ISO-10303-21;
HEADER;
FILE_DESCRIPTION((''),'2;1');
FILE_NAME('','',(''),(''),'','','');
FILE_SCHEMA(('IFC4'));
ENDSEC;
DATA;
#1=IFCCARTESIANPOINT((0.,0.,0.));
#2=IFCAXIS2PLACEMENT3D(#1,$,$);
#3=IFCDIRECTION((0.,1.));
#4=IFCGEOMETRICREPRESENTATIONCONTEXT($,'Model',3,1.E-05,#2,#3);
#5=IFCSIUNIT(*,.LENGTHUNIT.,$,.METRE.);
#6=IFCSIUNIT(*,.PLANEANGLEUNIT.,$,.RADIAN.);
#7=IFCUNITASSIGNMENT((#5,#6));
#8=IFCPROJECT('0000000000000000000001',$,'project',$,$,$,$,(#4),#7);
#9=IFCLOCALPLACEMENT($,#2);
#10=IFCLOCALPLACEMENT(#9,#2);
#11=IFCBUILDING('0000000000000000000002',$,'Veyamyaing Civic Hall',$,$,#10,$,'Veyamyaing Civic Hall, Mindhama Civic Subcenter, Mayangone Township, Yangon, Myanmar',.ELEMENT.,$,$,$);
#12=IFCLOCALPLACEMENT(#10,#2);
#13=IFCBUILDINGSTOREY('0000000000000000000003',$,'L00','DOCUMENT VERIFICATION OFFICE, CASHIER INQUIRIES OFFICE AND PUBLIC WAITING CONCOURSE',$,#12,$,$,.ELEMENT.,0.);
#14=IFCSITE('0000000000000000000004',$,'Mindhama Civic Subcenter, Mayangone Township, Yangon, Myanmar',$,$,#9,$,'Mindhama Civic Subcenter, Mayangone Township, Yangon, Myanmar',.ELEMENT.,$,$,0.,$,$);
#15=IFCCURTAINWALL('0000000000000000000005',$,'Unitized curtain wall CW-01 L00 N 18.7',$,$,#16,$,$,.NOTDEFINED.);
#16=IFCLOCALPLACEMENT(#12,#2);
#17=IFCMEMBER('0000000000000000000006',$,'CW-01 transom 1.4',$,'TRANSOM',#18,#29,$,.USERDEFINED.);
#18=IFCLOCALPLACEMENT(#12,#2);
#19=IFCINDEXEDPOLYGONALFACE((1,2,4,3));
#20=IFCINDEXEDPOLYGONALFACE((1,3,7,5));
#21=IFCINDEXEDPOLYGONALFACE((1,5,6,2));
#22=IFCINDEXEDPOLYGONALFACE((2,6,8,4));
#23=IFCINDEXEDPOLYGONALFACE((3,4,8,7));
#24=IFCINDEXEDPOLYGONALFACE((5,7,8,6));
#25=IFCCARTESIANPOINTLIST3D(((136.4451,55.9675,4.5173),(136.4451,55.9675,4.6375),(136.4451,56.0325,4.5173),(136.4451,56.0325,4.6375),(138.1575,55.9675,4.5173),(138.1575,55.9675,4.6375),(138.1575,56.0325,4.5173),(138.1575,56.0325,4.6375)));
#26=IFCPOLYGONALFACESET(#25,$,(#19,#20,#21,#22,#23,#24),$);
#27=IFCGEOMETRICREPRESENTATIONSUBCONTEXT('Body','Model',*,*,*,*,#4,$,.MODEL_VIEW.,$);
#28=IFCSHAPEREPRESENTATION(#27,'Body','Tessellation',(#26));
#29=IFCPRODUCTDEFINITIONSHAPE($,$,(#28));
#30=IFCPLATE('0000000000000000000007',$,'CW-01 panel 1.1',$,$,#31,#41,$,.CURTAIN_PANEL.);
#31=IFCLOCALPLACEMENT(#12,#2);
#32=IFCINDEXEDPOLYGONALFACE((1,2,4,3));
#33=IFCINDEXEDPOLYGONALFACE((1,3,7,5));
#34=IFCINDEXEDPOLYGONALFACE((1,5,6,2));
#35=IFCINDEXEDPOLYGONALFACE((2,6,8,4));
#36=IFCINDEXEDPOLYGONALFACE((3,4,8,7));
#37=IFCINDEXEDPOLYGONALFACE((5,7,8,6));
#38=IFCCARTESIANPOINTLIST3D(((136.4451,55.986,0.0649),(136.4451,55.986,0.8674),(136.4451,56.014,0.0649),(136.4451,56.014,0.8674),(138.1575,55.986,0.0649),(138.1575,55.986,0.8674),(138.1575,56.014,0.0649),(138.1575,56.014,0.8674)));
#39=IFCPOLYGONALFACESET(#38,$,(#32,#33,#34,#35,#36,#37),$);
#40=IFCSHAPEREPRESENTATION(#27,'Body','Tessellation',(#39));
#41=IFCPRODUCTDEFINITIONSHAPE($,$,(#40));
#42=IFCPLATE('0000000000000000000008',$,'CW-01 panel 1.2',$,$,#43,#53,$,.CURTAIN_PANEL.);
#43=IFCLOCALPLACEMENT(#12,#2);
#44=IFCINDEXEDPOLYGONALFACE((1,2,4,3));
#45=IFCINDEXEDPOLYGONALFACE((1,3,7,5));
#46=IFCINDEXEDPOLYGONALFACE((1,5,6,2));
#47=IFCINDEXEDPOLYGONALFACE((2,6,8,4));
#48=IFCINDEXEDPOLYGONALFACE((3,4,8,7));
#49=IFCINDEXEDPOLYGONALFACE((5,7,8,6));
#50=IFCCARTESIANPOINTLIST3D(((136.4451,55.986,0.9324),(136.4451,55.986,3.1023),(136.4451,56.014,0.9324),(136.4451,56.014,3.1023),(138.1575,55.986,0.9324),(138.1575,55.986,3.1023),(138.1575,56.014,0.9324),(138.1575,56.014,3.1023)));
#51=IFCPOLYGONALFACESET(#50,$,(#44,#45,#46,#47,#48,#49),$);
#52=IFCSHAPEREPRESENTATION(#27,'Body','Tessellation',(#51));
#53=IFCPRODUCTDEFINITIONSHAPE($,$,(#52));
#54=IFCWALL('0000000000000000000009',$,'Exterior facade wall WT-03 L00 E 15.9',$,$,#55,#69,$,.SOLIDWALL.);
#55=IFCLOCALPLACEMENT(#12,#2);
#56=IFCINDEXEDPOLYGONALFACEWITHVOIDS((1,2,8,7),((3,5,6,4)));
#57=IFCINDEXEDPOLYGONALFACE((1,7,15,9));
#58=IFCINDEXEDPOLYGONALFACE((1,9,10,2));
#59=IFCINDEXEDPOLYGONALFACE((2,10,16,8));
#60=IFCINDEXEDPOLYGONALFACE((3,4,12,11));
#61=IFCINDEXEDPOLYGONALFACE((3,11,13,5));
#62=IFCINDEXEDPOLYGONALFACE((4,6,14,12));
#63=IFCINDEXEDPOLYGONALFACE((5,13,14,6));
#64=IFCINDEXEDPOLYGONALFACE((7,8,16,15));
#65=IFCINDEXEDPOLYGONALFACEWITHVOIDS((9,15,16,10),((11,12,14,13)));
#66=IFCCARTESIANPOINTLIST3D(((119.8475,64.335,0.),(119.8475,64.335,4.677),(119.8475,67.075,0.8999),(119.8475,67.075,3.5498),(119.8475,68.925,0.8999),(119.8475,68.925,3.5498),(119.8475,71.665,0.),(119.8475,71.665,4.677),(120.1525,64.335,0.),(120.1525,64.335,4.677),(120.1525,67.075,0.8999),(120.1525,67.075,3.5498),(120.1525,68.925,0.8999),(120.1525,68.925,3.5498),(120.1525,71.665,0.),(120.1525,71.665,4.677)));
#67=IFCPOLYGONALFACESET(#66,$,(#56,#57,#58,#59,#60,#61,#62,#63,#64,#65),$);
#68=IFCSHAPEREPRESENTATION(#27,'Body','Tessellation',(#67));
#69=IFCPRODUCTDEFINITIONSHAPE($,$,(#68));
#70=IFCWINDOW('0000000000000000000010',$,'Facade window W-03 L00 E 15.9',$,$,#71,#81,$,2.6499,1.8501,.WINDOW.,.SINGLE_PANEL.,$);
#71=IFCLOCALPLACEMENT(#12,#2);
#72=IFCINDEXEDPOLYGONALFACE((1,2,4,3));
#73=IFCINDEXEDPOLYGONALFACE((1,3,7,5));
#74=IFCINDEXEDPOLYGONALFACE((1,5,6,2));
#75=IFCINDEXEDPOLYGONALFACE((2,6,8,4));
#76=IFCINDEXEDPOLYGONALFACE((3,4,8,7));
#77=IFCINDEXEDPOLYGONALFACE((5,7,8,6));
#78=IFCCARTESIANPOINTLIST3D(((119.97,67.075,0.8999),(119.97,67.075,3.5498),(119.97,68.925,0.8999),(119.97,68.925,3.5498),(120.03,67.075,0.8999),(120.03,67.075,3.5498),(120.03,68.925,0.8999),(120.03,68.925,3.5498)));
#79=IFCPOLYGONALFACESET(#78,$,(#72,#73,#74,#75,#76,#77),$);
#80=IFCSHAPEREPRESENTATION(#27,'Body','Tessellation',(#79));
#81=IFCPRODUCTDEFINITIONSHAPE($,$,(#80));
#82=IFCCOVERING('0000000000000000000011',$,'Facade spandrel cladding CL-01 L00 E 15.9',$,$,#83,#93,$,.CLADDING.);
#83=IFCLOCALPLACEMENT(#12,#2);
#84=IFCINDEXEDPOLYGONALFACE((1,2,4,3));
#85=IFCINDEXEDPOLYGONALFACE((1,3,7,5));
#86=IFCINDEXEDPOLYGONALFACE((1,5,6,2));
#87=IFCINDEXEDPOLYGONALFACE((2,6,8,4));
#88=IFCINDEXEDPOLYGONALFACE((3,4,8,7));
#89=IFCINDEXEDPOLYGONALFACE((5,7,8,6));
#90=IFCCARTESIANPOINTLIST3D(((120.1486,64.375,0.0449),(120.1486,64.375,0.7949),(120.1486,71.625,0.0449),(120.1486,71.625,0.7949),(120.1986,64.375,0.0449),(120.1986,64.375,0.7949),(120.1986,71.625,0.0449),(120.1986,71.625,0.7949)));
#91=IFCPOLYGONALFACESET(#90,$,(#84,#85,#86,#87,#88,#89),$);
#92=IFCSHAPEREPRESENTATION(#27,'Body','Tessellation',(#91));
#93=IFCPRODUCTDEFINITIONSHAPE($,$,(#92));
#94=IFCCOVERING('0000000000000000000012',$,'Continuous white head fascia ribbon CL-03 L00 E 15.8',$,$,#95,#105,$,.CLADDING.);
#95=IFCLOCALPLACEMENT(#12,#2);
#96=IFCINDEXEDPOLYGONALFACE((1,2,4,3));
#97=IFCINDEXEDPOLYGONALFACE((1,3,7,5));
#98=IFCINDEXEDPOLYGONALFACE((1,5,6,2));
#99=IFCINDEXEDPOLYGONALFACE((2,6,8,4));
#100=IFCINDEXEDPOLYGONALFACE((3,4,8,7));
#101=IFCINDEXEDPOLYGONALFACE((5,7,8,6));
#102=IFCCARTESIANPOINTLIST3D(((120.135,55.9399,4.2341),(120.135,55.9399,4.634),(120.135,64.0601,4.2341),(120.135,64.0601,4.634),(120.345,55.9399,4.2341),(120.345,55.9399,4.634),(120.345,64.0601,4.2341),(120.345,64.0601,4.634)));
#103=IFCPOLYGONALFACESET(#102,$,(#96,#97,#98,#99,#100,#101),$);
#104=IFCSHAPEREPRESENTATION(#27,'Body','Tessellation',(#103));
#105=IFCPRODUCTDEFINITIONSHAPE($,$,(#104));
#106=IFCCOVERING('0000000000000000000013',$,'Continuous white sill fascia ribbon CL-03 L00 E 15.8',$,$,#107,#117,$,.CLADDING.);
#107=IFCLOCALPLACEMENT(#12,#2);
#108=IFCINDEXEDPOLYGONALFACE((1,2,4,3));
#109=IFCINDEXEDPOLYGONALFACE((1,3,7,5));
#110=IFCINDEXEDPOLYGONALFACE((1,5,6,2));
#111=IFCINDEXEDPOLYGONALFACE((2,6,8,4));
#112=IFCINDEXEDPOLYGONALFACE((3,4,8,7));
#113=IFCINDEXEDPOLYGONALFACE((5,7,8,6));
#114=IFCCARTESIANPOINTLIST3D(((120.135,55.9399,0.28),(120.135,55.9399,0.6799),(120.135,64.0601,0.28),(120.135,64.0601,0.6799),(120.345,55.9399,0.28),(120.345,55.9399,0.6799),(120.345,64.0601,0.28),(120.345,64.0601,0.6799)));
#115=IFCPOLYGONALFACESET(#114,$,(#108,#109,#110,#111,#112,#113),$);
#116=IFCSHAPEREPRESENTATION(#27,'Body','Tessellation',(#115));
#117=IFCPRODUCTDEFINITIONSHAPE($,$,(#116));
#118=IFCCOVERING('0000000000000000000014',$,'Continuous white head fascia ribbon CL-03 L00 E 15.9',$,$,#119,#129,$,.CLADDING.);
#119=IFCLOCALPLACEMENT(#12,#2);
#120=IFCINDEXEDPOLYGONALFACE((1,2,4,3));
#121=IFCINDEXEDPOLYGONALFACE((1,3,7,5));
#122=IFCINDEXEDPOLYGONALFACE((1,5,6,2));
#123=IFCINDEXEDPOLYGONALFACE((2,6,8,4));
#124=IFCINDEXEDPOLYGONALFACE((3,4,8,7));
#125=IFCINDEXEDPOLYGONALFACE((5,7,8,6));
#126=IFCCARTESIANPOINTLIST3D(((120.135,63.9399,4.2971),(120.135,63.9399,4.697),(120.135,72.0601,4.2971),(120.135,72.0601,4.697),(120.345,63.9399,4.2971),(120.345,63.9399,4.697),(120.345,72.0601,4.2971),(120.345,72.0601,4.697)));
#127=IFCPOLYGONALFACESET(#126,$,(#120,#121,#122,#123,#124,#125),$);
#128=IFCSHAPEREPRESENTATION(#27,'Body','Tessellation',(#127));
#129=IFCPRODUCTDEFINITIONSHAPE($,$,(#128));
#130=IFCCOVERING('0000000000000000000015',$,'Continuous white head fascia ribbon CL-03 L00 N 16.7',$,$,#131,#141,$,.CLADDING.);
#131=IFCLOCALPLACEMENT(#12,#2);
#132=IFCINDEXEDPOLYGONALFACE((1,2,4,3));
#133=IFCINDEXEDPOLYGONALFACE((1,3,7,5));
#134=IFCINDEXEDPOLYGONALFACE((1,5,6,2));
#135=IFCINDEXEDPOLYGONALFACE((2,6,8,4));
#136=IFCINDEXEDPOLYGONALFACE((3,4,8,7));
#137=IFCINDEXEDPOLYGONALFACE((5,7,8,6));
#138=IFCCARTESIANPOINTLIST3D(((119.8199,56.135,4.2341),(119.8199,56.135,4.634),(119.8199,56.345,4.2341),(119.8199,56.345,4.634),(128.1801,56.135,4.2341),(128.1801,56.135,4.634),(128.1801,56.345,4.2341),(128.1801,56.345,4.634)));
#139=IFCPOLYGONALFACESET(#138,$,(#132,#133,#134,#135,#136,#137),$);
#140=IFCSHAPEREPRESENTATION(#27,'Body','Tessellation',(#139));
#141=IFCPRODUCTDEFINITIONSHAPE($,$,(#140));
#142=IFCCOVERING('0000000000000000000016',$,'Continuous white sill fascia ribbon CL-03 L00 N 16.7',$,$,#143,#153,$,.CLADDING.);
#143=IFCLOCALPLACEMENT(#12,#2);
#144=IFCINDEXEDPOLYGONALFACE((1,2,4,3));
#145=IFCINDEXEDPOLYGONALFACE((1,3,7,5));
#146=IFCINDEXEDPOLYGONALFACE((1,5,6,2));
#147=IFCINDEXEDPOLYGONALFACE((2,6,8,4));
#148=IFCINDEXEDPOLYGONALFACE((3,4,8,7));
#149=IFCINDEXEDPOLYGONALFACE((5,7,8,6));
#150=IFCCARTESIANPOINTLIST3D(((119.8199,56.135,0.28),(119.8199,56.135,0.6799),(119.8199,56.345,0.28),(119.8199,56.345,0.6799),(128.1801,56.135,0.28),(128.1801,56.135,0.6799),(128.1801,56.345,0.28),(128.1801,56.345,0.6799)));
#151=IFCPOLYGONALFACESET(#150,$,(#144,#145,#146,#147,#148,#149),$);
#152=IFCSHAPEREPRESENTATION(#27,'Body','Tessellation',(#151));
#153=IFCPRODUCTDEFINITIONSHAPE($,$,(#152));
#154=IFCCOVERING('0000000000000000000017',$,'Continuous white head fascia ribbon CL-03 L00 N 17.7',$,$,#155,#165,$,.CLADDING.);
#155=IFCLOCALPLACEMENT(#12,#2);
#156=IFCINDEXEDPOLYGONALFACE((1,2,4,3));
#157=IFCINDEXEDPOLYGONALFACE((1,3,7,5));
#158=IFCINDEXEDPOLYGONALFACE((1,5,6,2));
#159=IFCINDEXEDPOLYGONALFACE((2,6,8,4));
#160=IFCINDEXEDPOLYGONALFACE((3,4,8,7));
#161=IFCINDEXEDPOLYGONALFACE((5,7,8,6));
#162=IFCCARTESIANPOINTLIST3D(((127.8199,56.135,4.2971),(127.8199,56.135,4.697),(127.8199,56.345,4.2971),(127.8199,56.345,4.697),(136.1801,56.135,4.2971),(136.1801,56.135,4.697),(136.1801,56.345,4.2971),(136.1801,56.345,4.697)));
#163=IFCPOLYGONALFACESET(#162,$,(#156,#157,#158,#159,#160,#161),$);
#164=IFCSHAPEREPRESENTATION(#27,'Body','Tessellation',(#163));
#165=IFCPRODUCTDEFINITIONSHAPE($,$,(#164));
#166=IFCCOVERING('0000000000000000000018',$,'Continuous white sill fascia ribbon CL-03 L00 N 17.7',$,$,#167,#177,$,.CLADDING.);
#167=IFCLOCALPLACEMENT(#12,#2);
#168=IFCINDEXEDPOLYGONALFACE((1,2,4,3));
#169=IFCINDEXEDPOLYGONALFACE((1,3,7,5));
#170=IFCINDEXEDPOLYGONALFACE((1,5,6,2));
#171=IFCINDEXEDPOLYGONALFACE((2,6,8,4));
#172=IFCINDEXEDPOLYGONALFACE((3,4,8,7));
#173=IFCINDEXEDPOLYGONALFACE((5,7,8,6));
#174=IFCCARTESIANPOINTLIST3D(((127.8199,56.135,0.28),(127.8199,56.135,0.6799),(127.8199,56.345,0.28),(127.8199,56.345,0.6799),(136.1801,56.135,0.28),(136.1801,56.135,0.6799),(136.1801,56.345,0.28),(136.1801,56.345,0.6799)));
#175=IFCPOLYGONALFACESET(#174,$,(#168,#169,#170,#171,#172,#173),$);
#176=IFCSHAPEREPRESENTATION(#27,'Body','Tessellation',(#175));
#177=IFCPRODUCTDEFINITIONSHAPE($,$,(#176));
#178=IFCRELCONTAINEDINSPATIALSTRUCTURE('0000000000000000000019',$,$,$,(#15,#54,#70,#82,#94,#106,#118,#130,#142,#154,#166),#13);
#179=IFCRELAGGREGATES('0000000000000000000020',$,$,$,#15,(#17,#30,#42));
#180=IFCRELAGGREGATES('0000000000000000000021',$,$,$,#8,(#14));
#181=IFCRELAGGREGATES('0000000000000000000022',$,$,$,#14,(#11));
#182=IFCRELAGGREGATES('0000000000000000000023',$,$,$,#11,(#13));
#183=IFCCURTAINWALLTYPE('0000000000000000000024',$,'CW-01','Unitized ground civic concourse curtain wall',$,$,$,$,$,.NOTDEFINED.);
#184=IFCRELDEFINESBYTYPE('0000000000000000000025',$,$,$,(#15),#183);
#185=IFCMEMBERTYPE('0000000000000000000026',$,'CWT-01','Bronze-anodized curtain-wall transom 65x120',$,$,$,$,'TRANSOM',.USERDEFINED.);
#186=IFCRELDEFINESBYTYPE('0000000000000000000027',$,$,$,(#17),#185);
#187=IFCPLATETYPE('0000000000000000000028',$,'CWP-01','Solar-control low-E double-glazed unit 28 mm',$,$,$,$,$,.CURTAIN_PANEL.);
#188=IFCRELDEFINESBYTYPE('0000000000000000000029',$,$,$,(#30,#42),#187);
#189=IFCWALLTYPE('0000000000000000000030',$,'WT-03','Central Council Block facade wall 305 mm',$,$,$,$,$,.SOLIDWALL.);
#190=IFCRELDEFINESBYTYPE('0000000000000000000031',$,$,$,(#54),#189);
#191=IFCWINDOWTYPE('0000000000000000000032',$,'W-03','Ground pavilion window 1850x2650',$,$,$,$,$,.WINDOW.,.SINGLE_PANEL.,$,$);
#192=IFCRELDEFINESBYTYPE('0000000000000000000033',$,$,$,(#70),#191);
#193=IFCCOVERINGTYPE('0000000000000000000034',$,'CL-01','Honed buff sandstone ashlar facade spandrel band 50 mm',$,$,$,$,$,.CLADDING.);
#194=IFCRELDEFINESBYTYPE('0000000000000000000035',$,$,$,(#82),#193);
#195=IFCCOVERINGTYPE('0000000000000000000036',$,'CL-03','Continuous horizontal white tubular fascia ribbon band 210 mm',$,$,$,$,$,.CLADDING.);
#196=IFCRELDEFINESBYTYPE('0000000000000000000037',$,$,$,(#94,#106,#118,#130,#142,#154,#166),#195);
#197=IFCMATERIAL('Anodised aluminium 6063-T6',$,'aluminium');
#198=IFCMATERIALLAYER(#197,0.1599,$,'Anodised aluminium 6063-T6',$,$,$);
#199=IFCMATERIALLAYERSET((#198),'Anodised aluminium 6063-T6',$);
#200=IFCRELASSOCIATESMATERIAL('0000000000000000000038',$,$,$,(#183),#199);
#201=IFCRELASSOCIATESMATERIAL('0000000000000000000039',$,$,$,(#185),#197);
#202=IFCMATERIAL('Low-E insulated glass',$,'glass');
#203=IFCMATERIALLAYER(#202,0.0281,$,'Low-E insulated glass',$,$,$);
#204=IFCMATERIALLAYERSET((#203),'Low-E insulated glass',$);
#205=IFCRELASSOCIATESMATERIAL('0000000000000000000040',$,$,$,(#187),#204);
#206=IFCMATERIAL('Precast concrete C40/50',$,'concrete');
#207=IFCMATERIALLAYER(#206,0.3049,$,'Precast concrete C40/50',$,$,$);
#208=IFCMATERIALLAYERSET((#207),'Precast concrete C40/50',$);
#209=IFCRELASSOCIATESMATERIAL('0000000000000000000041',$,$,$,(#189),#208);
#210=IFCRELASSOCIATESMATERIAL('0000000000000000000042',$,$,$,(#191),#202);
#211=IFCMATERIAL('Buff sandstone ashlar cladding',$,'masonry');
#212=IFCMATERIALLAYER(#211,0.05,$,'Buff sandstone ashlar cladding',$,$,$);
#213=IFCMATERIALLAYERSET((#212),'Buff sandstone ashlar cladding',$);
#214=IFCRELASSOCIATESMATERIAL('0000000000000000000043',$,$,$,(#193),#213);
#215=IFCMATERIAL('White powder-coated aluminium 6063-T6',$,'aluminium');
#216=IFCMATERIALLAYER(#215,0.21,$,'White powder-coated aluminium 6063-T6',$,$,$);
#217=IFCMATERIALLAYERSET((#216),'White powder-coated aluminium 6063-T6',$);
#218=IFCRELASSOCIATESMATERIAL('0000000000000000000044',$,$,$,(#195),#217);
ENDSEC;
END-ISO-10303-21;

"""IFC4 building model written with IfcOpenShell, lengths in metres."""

from ifc_helpers import new_model, si_unit, direction, frame, frame_2d, origin, origin_2d, place, context, subcontext, project, spatial, rectangle, extrude, material, layer, layer_set, material_profile, profile_set, type_object, element, fill, aggregate, save


model = new_model("IFC4")

# Units and contexts
model_context = context("Model", 3, precision=1e-05, world=origin(), true_north=direction((0.0, 1.0)))
body_context = subcontext(model_context, "Body", "Model", "MODEL_VIEW")
ifc_project = project(units=[si_unit("LENGTHUNIT", "METRE"), si_unit("PLANEANGLEUNIT", "RADIAN")], contexts=[model_context])

# Site, building, storey
site_placement = place(None, origin())
site = spatial("IfcSite", under=ifc_project, at=site_placement, Name="Mindhama Civic Subcenter, Mayangone Township, Yangon, Myanmar", LongName="Mindhama Civic Subcenter, Mayangone Township, Yangon, Myanmar", CompositionType="ELEMENT", RefElevation=0.0)
building_placement = place(site_placement, origin())
building = spatial("IfcBuilding", under=site, at=building_placement, Name="Veyamyaing Civic Hall", LongName="Veyamyaing Civic Hall, Mindhama Civic Subcenter, Mayangone Township, Yangon, Myanmar", CompositionType="ELEMENT")
storey_placement = place(building_placement, origin())
storey = spatial("IfcBuildingStorey", under=building, at=storey_placement, Name="L00", Description="DOCUMENT VERIFICATION OFFICE, CASHIER INQUIRIES OFFICE AND PUBLIC WAITING CONCOURSE", CompositionType="ELEMENT", Elevation=0.0)

# Shared definitions
ifc_material_1 = material(Name="Anodised aluminium 6063-T6", Category="aluminium")
ifc_layer_1 = layer(ifc_material_1, 0.1599, Name="Anodised aluminium 6063-T6")
ifc_layer_set_1 = layer_set([ifc_layer_1], Name="Anodised aluminium 6063-T6")
curtain_wall_type = type_object("IfcCurtainWallType", Name="CW-01", Description="Unitized ground civic concourse curtain wall", PredefinedType="NOTDEFINED", material=ifc_layer_set_1)

# Curtain wall, member, plates
curtain_wall_1_placement = place(storey_placement, origin())
curtain_wall_1 = element("IfcCurtainWall", 1, at=curtain_wall_1_placement, inside=storey, type_object=curtain_wall_type, Name="Unitized curtain wall CW-01 L00 N 18.7", PredefinedType="NOTDEFINED")
ifc_material_profile_1 = material_profile(ifc_material_1, rectangle(XDim=0.0649, YDim=0.1201, at=origin_2d()), Name="ALU-TRN-65X120")
ifc_profile_set_1 = profile_set([ifc_material_profile_1], Name="Anodised aluminium 6063-T6")
member_type_1 = type_object("IfcMemberType", Name="CWT-01", Description="Bronze-anodized curtain-wall transom 65x120", ElementType="TRANSOM", PredefinedType="USERDEFINED", material=ifc_profile_set_1)
member_1_placement = place(storey_placement, frame((136.4451, 56.0, 4.5774), z_axis=(1.0, 0.0, 0.0), x_axis=(0.0, 1.0, 0.0)))
member_1 = element("IfcMember", 2, at=member_1_placement, type_object=member_type_1, Name="CW-01 transom 1.4", ObjectType="TRANSOM", PredefinedType="USERDEFINED", context=body_context, shape_type="SweptSolid", body=[
    extrude(rectangle(XDim=0.0649, YDim=0.1201, at=origin_2d()), origin(), (0.0, 0.0, 1.0), 1.7124),
])
ifc_material_2 = material(Name="Low-E insulated glass", Category="glass")
ifc_layer_2 = layer(ifc_material_2, 0.0281, Name="Low-E insulated glass")
ifc_layer_set_2 = layer_set([ifc_layer_2], Name="Low-E insulated glass")
plate_type = type_object("IfcPlateType", Name="CWP-01", Description="Solar-control low-E double-glazed unit 28 mm", PredefinedType="CURTAIN_PANEL", material=ifc_layer_set_2)
plate_1_placement = place(storey_placement, frame((137.3013, 56.0, 0.0649), z_axis=(0.0, 0.0, 1.0), x_axis=(1.0, 0.0, 0.0)))
plate_1 = element("IfcPlate", 3, at=plate_1_placement, type_object=plate_type, Name="CW-01 panel 1.1", PredefinedType="CURTAIN_PANEL", context=body_context, shape_type="SweptSolid", body=[
    extrude(rectangle(XDim=1.7124, YDim=0.0281, at=origin_2d()), origin(), (0.0, 0.0, 1.0), 0.8025),
])
plate_2_placement = place(storey_placement, frame((137.3013, 56.0, 0.9324), z_axis=(0.0, 0.0, 1.0), x_axis=(1.0, 0.0, 0.0)))
plate_2 = element("IfcPlate", 4, at=plate_2_placement, type_object=plate_type, Name="CW-01 panel 1.2", PredefinedType="CURTAIN_PANEL", context=body_context, shape_type="SweptSolid", body=[
    extrude(rectangle(XDim=1.7124, YDim=0.0281, at=origin_2d()), origin(), (0.0, 0.0, 1.0), 2.1699),
])
aggregate(curtain_wall_1, [member_1, plate_1, plate_2])

# Wall, opening, window
ifc_material_3 = material(Name="Precast concrete C40/50", Category="concrete")
ifc_layer_3 = layer(ifc_material_3, 0.3049, Name="Precast concrete C40/50")
ifc_layer_set_3 = layer_set([ifc_layer_3], Name="Precast concrete C40/50")
wall_type = type_object("IfcWallType", Name="WT-03", Description="Central Council Block facade wall 305 mm", PredefinedType="SOLIDWALL", material=ifc_layer_set_3)
wall_placement = place(storey_placement, frame((120.0, 64.335, 0.0), z_axis=(0.0, 0.0, 1.0), x_axis=(0.0, 1.0, 0.0)))
wall = element("IfcWall", 5, at=wall_placement, inside=storey, type_object=wall_type, Name="Exterior facade wall WT-03 L00 E 15.9", PredefinedType="SOLIDWALL", context=body_context, shape_type="SweptSolid", body=[
    extrude(rectangle(XDim=7.3301, YDim=0.3049, at=frame_2d((3.665, 0.0))), origin(), (0.0, 0.0, 1.0), 4.677),
])
opening_placement = place(wall_placement, frame((2.74, 0.0, 0.8999)))
opening = element("IfcOpeningElement", 6, at=opening_placement, cuts=wall, PredefinedType="OPENING", context=body_context, shape_type="SweptSolid", body=[
    extrude(rectangle(XDim=1.8501, YDim=2.6499, at=frame_2d((0.925, 1.325))), frame((0.0, 0.1624, 0.0), z_axis=(0.0, -1.0, 0.0), x_axis=(1.0, 0.0, 0.0)), (0.0, 0.0, 1.0), 0.325),
])
window_type = type_object("IfcWindowType", Name="W-03", Description="Ground pavilion window 1850x2650", PartitioningType="SINGLE_PANEL", PredefinedType="WINDOW", material=ifc_material_2)
window_placement = place(opening_placement, origin())
window = element("IfcWindow", 7, at=window_placement, inside=storey, type_object=window_type, Name="Facade window W-03 L00 E 15.9", OverallHeight=2.6499, OverallWidth=1.8501, PartitioningType="SINGLE_PANEL", PredefinedType="WINDOW", context=body_context, shape_type="SweptSolid", body=[
    extrude(rectangle(XDim=1.8501, YDim=2.6499, at=frame_2d((0.925, 1.325))), frame((0.0, 0.03, 0.0), z_axis=(0.0, -1.0, 0.0), x_axis=(1.0, 0.0, 0.0)), (0.0, 0.0, 1.0), 0.0601),
])
fill(opening, window)

# Coverings
ifc_material_4 = material(Name="Buff sandstone ashlar cladding", Category="masonry")
ifc_layer_4 = layer(ifc_material_4, 0.05, Name="Buff sandstone ashlar cladding")
ifc_layer_set_4 = layer_set([ifc_layer_4], Name="Buff sandstone ashlar cladding")
covering_type_1 = type_object("IfcCoveringType", Name="CL-01", Description="Honed buff sandstone ashlar facade spandrel band 50 mm", PredefinedType="CLADDING", material=ifc_layer_set_4)
covering_placement = place(storey_placement, frame((120.1736, 68.0, 0.0449), z_axis=(0.0, 0.0, 1.0), x_axis=(0.0, 1.0, 0.0)))
element("IfcCovering", 8, at=covering_placement, inside=storey, type_object=covering_type_1, Name="Facade spandrel cladding CL-01 L00 E 15.9", PredefinedType="CLADDING", context=body_context, shape_type="SweptSolid", body=[
    extrude(rectangle(XDim=7.25, YDim=0.05, at=origin_2d()), origin(), (0.0, 0.0, 1.0), 0.75),
])
ifc_material_5 = material(Name="White powder-coated aluminium 6063-T6", Category="aluminium")
ifc_layer_5 = layer(ifc_material_5, 0.21, Name="White powder-coated aluminium 6063-T6")
ifc_layer_set_5 = layer_set([ifc_layer_5], Name="White powder-coated aluminium 6063-T6")
covering_type_2 = type_object("IfcCoveringType", Name="CL-03", Description="Continuous horizontal white tubular fascia ribbon band 210 mm", PredefinedType="CLADDING", material=ifc_layer_set_5)
for number, where, z_axis, x_axis, name in (
    (9, (120.24, 60.0, 4.2341), (0.0, 0.0, 1.0), (0.0, 1.0, 0.0), "Continuous white head fascia ribbon CL-03 L00 E 15.8"),
    (10, (120.24, 60.0, 0.28), (0.0, 0.0, 1.0), (0.0, 1.0, 0.0), "Continuous white sill fascia ribbon CL-03 L00 E 15.8"),
    (11, (120.24, 68.0, 4.2971), (0.0, 0.0, 1.0), (0.0, 1.0, 0.0), "Continuous white head fascia ribbon CL-03 L00 E 15.9"),
):
    element("IfcCovering", number, at=place(storey_placement, frame(where, z_axis=z_axis, x_axis=x_axis)), inside=storey, type_object=covering_type_2, Name=name, PredefinedType="CLADDING", context=body_context, shape_type="SweptSolid", body=[
        extrude(rectangle(XDim=8.1201, YDim=0.21, at=origin_2d()), origin(), (0.0, 0.0, 1.0), 0.3999),
    ])
for number, where, z_axis, x_axis, name in (
    (12, (124.0, 56.24, 4.2341), (0.0, 0.0, 1.0), (1.0, 0.0, 0.0), "Continuous white head fascia ribbon CL-03 L00 N 16.7"),
    (13, (124.0, 56.24, 0.28), (0.0, 0.0, 1.0), (1.0, 0.0, 0.0), "Continuous white sill fascia ribbon CL-03 L00 N 16.7"),
    (14, (132.0, 56.24, 4.2971), (0.0, 0.0, 1.0), (1.0, 0.0, 0.0), "Continuous white head fascia ribbon CL-03 L00 N 17.7"),
    (15, (132.0, 56.24, 0.28), (0.0, 0.0, 1.0), (1.0, 0.0, 0.0), "Continuous white sill fascia ribbon CL-03 L00 N 17.7"),
):
    element("IfcCovering", number, at=place(storey_placement, frame(where, z_axis=z_axis, x_axis=x_axis)), inside=storey, type_object=covering_type_2, Name=name, PredefinedType="CLADDING", context=body_context, shape_type="SweptSolid", body=[
        extrude(rectangle(XDim=8.3601, YDim=0.21, at=origin_2d()), origin(), (0.0, 0.0, 1.0), 0.3999),
    ])

save(model, "model.ifc")
